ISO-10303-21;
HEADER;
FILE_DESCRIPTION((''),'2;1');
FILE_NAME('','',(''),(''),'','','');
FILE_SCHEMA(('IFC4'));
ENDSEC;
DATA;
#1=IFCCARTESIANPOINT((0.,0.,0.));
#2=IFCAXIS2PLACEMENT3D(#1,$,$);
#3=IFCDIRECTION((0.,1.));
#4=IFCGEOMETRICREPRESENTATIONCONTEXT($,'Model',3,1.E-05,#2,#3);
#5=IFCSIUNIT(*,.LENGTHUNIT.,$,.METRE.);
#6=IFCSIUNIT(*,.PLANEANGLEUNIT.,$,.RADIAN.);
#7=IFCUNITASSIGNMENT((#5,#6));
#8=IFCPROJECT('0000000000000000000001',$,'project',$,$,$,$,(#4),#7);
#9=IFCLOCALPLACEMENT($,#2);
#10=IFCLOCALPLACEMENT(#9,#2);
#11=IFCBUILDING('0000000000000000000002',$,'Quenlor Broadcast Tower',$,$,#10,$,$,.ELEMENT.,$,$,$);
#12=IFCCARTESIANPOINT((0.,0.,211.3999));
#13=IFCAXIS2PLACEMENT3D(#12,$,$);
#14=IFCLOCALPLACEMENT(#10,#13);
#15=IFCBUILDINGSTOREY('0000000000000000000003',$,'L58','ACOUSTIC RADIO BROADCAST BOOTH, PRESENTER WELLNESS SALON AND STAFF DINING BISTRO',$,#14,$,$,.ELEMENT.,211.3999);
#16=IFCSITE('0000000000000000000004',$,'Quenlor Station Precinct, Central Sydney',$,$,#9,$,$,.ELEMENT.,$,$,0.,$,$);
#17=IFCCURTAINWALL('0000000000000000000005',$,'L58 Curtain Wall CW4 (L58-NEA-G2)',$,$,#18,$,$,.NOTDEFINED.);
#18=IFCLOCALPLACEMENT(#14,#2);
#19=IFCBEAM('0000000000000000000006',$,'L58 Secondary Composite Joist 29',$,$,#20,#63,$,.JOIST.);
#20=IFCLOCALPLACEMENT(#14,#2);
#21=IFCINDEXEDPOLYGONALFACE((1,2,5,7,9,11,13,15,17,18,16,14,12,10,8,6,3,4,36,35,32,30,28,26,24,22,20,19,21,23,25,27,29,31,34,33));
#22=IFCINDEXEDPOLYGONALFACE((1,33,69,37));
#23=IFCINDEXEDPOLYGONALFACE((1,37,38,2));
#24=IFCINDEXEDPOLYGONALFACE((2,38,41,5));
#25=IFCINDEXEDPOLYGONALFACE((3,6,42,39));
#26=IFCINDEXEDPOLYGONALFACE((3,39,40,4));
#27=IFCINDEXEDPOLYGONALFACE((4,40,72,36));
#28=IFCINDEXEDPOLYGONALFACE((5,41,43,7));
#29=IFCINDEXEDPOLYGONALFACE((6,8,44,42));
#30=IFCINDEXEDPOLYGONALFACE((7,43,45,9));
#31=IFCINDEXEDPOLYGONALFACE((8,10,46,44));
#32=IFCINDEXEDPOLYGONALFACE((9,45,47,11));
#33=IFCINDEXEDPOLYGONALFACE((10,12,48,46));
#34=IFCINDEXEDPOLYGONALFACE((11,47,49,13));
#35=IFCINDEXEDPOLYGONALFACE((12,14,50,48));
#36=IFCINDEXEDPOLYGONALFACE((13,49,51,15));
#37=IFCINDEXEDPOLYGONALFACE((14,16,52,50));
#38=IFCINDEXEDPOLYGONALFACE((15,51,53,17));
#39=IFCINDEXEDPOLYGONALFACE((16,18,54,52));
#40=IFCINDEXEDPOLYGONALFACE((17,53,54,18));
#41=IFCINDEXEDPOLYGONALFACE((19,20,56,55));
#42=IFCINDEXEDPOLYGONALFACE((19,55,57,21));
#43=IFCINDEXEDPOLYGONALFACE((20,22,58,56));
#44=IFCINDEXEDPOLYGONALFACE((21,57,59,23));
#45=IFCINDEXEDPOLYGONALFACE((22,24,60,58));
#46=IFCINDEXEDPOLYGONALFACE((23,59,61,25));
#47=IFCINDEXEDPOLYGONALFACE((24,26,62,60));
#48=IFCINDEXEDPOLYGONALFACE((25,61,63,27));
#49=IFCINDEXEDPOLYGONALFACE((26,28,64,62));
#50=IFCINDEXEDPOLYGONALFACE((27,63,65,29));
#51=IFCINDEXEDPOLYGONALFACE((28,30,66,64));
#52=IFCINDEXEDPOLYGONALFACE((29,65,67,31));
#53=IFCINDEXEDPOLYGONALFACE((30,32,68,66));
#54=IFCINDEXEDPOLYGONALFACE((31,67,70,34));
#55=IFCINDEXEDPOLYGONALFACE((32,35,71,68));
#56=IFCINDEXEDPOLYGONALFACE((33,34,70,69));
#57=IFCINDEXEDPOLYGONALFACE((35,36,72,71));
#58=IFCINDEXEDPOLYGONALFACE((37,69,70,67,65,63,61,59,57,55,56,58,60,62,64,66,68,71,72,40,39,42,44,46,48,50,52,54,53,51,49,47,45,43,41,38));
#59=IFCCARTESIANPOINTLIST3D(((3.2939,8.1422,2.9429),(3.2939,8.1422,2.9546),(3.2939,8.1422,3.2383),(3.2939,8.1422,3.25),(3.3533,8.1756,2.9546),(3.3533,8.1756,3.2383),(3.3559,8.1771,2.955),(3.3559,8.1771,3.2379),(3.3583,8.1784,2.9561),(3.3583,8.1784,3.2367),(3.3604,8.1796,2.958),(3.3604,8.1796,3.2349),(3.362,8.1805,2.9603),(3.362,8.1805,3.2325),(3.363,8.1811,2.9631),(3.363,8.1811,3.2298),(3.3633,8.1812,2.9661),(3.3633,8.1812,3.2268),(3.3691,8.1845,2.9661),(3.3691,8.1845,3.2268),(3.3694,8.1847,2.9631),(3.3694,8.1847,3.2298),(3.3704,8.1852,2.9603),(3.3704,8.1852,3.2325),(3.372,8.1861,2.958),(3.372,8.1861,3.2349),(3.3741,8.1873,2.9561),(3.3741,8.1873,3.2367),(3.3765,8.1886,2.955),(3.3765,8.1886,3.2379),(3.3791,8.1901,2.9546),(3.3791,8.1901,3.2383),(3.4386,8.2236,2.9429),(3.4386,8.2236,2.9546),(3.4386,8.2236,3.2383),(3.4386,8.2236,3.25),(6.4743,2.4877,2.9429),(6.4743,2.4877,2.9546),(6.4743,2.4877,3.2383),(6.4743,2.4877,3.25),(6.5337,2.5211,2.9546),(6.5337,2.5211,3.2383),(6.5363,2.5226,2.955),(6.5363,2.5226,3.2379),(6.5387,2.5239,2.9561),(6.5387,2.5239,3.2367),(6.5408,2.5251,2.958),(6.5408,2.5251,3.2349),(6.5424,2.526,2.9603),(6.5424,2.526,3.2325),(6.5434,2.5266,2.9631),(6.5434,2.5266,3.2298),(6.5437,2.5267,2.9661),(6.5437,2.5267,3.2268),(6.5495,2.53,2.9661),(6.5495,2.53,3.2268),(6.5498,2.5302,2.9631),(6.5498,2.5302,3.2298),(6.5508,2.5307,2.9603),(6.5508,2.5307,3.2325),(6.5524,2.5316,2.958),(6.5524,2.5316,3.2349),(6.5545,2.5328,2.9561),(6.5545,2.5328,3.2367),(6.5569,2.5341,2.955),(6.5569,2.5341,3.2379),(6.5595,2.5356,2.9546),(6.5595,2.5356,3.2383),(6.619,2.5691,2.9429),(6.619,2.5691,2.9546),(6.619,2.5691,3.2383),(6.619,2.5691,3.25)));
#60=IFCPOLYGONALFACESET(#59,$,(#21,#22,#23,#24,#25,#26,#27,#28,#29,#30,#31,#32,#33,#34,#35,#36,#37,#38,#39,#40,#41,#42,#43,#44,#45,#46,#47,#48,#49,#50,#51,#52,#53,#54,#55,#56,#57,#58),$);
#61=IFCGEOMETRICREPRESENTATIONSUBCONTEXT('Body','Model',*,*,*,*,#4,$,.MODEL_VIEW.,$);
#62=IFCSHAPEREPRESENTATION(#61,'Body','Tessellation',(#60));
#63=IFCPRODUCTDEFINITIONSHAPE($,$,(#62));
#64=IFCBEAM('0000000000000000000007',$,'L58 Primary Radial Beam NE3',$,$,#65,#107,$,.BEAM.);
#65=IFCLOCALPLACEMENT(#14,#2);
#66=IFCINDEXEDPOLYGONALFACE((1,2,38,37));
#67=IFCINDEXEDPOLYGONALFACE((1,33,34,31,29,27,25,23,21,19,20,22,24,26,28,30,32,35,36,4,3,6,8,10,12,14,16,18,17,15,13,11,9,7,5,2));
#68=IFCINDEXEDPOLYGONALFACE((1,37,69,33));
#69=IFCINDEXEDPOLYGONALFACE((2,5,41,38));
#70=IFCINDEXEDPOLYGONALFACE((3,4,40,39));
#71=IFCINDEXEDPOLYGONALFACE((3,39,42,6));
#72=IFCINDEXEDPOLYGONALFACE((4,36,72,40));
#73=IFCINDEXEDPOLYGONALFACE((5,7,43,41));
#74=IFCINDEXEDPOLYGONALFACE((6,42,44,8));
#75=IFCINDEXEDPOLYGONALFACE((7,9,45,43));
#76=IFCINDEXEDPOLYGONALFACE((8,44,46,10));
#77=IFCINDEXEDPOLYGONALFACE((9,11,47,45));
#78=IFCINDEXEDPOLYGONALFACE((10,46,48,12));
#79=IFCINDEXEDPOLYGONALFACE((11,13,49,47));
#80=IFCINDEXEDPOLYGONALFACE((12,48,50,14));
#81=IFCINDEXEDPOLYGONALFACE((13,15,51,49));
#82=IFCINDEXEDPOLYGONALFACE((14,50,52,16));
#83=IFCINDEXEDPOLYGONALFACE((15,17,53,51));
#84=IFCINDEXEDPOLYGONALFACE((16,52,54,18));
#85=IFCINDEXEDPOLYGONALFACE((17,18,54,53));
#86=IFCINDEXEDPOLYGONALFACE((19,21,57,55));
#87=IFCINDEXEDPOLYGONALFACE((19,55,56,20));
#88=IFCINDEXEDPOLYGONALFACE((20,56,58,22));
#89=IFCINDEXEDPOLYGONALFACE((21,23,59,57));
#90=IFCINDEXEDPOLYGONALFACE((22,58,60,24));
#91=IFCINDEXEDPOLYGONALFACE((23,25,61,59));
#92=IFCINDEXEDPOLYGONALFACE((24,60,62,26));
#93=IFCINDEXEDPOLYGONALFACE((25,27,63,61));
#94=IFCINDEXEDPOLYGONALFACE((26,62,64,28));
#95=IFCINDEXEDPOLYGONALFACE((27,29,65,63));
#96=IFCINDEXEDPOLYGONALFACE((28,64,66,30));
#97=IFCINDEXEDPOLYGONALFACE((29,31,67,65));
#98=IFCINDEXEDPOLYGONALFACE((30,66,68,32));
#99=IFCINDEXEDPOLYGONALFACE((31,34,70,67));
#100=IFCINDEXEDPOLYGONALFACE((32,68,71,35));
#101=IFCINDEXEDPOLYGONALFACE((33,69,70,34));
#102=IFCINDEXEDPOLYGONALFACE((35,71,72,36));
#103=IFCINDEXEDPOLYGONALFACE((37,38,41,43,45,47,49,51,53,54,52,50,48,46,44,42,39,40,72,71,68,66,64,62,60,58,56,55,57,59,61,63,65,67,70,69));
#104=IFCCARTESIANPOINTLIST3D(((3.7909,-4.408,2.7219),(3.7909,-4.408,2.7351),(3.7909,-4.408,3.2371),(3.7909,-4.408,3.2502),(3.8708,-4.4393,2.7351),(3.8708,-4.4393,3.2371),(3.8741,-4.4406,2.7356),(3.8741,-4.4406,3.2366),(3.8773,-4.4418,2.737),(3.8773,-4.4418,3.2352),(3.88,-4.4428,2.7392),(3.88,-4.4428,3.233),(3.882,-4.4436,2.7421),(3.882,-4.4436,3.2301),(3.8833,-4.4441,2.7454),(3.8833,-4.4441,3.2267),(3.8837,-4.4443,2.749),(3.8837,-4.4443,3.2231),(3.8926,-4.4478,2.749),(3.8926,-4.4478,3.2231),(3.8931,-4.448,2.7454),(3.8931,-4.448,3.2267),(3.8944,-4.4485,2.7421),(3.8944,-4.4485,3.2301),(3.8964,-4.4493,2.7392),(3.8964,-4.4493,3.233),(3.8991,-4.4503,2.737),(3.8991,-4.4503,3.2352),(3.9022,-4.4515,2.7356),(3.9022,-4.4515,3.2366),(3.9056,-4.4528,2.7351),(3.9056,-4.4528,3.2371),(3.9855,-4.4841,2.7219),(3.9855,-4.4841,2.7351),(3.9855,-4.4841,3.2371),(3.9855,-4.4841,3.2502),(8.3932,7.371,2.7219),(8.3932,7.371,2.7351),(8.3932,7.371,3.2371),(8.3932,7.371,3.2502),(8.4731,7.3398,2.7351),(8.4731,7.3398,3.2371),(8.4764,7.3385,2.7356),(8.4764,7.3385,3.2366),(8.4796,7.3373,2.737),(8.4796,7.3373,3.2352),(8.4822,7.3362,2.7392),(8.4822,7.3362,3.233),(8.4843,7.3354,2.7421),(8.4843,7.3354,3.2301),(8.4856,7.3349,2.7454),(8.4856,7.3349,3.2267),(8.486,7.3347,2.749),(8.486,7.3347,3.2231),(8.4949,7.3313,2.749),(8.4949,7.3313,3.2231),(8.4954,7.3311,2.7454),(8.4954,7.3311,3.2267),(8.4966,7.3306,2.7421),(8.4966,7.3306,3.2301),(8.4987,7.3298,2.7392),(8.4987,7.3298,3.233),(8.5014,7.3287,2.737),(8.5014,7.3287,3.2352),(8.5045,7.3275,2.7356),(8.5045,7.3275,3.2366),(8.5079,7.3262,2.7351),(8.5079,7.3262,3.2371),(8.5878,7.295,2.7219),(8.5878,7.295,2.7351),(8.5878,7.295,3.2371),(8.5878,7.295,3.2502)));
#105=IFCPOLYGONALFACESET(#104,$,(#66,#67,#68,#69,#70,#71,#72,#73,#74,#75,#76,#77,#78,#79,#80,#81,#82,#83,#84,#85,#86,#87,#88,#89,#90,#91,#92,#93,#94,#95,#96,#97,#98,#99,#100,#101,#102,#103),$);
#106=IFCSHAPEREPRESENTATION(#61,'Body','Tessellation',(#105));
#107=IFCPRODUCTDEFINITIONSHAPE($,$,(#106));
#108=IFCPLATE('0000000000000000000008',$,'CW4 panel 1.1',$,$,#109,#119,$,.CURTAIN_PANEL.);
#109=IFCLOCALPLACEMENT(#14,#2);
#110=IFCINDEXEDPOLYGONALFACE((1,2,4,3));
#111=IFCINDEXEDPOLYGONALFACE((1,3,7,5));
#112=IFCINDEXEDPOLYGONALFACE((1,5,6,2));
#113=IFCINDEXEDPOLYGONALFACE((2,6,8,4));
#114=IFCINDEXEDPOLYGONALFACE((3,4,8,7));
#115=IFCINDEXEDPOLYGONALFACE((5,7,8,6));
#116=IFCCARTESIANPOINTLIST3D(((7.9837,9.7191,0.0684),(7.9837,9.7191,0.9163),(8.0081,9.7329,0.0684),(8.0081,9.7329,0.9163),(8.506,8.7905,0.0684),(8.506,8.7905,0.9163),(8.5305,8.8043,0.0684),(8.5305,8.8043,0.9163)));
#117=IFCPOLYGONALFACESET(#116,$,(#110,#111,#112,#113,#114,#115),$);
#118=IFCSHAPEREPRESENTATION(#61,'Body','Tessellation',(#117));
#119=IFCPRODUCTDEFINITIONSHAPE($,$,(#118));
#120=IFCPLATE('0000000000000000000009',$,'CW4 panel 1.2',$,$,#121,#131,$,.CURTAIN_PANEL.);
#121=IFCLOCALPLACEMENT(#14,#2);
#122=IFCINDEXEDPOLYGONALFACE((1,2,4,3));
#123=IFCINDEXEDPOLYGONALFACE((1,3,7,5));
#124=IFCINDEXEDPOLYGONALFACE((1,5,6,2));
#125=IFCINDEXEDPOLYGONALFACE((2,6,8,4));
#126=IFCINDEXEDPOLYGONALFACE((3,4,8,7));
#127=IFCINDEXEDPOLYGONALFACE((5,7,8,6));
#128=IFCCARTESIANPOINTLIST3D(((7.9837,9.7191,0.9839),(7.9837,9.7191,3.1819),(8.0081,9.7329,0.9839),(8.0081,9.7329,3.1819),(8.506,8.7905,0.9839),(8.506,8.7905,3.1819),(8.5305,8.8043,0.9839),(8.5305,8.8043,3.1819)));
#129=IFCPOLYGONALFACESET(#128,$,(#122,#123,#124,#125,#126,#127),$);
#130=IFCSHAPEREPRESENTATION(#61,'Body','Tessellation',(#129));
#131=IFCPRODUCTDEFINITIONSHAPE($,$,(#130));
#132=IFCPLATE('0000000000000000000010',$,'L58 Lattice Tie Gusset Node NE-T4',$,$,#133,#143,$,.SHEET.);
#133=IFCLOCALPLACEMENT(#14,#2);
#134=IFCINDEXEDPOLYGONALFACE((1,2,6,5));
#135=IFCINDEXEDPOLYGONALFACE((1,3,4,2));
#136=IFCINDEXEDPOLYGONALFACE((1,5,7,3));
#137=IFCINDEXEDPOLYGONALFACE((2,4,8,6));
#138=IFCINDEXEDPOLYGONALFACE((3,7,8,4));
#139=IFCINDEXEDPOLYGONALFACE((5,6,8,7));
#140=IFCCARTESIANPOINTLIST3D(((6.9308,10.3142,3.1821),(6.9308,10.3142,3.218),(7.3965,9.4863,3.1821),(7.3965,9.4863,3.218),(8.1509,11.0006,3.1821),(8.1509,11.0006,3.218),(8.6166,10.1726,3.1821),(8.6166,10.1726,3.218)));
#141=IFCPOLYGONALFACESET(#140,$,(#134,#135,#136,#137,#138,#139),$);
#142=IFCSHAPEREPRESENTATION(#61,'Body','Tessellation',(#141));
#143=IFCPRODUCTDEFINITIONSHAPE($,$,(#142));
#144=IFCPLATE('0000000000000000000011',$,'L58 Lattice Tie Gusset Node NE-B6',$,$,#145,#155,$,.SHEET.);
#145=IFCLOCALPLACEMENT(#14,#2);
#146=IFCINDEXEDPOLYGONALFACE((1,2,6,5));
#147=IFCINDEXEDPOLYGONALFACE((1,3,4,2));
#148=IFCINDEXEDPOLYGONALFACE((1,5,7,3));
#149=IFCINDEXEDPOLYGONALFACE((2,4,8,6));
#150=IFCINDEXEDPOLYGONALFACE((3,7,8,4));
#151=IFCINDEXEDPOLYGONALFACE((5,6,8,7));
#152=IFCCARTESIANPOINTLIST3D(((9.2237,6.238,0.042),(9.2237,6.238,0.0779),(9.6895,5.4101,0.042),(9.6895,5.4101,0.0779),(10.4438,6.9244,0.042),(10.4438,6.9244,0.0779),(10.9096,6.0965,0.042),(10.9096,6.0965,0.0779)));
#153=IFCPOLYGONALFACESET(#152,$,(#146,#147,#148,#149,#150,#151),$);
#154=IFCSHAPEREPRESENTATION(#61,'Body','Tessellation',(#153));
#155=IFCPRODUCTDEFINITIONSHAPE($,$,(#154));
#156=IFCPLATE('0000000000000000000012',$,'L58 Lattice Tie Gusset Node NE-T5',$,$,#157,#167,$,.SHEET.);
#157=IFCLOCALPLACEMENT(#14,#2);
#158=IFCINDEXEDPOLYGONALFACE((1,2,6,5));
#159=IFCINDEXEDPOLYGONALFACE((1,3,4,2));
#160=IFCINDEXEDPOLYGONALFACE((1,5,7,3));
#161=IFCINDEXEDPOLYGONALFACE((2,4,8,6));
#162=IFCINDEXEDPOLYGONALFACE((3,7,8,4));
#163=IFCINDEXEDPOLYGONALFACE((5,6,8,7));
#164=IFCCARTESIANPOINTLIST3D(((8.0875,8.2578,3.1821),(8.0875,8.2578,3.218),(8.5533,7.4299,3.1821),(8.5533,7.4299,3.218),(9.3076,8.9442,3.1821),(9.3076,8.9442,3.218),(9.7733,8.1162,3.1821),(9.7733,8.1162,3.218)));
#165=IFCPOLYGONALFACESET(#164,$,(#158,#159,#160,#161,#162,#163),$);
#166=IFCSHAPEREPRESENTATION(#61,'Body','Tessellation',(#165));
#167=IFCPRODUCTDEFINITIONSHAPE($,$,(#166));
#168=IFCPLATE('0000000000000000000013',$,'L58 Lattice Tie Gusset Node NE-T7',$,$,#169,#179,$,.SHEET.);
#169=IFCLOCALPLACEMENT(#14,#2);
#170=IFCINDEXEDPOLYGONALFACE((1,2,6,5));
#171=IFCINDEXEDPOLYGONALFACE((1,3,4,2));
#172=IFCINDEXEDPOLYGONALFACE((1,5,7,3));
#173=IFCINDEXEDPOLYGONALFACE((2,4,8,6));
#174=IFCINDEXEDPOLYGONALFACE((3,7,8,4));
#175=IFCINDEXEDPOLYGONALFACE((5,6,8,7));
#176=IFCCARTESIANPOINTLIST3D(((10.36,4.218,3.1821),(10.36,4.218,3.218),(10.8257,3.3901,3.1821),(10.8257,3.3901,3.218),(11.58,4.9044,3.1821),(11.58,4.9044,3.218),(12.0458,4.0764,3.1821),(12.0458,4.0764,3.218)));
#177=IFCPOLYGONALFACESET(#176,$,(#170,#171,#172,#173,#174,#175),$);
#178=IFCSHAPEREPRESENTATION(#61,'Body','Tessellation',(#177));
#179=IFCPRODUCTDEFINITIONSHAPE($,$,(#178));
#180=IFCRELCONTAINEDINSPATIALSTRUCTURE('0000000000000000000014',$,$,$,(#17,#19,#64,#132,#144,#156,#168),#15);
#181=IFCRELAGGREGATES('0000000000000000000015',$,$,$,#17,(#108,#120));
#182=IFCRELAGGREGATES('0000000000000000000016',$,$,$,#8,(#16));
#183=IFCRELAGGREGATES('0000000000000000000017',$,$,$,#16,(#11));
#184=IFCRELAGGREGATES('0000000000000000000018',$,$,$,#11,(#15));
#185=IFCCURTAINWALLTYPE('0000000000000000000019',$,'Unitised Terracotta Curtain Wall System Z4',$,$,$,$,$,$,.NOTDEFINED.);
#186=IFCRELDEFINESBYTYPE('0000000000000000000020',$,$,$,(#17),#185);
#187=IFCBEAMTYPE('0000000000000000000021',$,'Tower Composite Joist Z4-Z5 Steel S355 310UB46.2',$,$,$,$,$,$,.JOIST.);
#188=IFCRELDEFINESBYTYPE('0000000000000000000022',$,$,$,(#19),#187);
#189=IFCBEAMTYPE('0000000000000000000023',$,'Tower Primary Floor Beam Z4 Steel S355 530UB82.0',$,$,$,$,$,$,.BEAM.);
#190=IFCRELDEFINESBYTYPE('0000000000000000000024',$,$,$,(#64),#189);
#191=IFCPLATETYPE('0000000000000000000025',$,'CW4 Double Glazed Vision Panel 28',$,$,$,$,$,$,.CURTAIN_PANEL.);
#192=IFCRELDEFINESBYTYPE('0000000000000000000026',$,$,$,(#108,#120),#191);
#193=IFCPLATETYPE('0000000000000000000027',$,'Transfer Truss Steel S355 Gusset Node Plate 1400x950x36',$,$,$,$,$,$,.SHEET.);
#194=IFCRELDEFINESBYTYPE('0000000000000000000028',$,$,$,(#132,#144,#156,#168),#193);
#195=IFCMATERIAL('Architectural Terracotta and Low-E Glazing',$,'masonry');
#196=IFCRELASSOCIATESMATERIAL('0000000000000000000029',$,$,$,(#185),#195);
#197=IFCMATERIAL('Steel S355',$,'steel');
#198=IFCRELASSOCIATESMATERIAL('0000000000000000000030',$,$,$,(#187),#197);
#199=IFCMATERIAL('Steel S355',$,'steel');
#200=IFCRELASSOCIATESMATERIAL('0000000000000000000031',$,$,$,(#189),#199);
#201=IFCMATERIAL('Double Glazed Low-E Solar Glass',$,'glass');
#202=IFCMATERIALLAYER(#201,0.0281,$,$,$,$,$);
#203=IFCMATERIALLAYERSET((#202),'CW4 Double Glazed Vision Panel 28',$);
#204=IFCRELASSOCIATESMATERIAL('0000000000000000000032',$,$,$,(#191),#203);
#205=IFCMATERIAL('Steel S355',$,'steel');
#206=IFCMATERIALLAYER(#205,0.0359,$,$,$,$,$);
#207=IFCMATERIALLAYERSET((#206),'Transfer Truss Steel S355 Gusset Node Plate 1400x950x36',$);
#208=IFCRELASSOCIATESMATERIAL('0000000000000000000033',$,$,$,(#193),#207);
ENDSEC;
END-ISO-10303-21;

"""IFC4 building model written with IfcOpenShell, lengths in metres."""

from ifc_helpers import new_model, si_unit, direction, frame, origin, origin_2d, place, context, subcontext, project, spatial, rectangle, i_section, extrude, material, layer, layer_set, material_profile, profile_set, type_object, element, aggregate, save


model = new_model("IFC4")

# Units and contexts
model_context = context("Model", 3, precision=1e-05, world=origin(), true_north=direction((0.0, 1.0)))
body_context = subcontext(model_context, "Body", "Model", "MODEL_VIEW")
ifc_project = project(units=[si_unit("LENGTHUNIT", "METRE"), si_unit("PLANEANGLEUNIT", "RADIAN")], contexts=[model_context])

# Site, building, storey
site_placement = place(None, origin())
site = spatial("IfcSite", under=ifc_project, at=site_placement, Name="Quenlor Station Precinct, Central Sydney", CompositionType="ELEMENT", RefElevation=0.0)
building_placement = place(site_placement, origin())
building = spatial("IfcBuilding", under=site, at=building_placement, Name="Quenlor Broadcast Tower", CompositionType="ELEMENT")
storey_placement = place(building_placement, frame((0.0, 0.0, 211.3999)))
storey = spatial("IfcBuildingStorey", under=building, at=storey_placement, Name="L58", Description="ACOUSTIC RADIO BROADCAST BOOTH, PRESENTER WELLNESS SALON AND STAFF DINING BISTRO", CompositionType="ELEMENT", Elevation=211.3999)

# Curtain wall
ifc_material_1 = material(Name="Architectural Terracotta and Low-E Glazing", Category="masonry")
curtain_wall_type = type_object("IfcCurtainWallType", Name="Unitised Terracotta Curtain Wall System Z4", PredefinedType="NOTDEFINED", material=ifc_material_1)
curtain_wall_placement = place(storey_placement, origin())
curtain_wall = element("IfcCurtainWall", 1, at=curtain_wall_placement, inside=storey, type_object=curtain_wall_type, Name="L58 Curtain Wall CW4 (L58-NEA-G2)", PredefinedType="NOTDEFINED")

# Beams
ifc_material_2 = material(Name="Steel S355", Category="steel")
ifc_material_profile_1 = material_profile(ifc_material_2, i_section(OverallWidth=0.166, OverallDepth=0.3071, WebThickness=0.0066, FlangeThickness=0.0117, FilletRadius=0.0115, at=origin_2d()))
ifc_profile_set_1 = profile_set([ifc_material_profile_1], Name="Steel S355 310UB46.2")
beam_type_1 = type_object("IfcBeamType", Name="Tower Composite Joist Z4-Z5 Steel S355 310UB46.2", PredefinedType="JOIST", material=ifc_profile_set_1)
beam_1_placement = place(storey_placement, frame((3.3662, 8.1829, 3.0964), z_axis=(0.490231, -0.871593, 0.0), x_axis=(0.871593, 0.490231, 0.0)))
element("IfcBeam", 2, at=beam_1_placement, inside=storey, type_object=beam_type_1, Name="L58 Secondary Composite Joist 29", PredefinedType="JOIST", context=body_context, shape_type="SweptSolid", body=[
    extrude(i_section(OverallWidth=0.166, OverallDepth=0.3071, WebThickness=0.0066, FlangeThickness=0.0117, FilletRadius=0.0115, at=origin_2d()), origin(), (0.0, 0.0, 1.0), 6.4875),
])
ifc_material_3 = material(Name="Steel S355", Category="steel")
ifc_material_profile_2 = material_profile(ifc_material_3, i_section(OverallWidth=0.209, OverallDepth=0.5283, WebThickness=0.0095, FlangeThickness=0.0132, FilletRadius=0.0139, at=origin_2d()))
ifc_profile_set_2 = profile_set([ifc_material_profile_2], Name="Steel S355 530UB82.0")
beam_type_2 = type_object("IfcBeamType", Name="Tower Primary Floor Beam Z4 Steel S355 530UB82.0", PredefinedType="BEAM", material=ifc_profile_set_2)
beam_2_placement = place(storey_placement, frame((8.4905, 7.333, 2.9861), z_axis=(-0.363926, -0.931428, 0.0), x_axis=(0.931428, -0.363926, 0.0)))
element("IfcBeam", 3, at=beam_2_placement, inside=storey, type_object=beam_type_2, Name="L58 Primary Radial Beam NE3", PredefinedType="BEAM", context=body_context, shape_type="SweptSolid", body=[
    extrude(i_section(OverallWidth=0.209, OverallDepth=0.5283, WebThickness=0.0095, FlangeThickness=0.0132, FilletRadius=0.0139, at=origin_2d()), origin(), (0.0, 0.0, 1.0), 12.6462),
])

# Plates
ifc_material_4 = material(Name="Double Glazed Low-E Solar Glass", Category="glass")
ifc_layer_1 = layer(ifc_material_4, 0.0281)
ifc_layer_set_1 = layer_set([ifc_layer_1], Name="CW4 Double Glazed Vision Panel 28")
plate_type_1 = type_object("IfcPlateType", Name="CW4 Double Glazed Vision Panel 28", PredefinedType="CURTAIN_PANEL", material=ifc_layer_set_1)
plate_1_placement = place(storey_placement, frame((8.2571, 9.2617, 0.0684), z_axis=(0.0, 0.0, 1.0), x_axis=(0.490293, -0.871558, 0.0)))
plate_1 = element("IfcPlate", 4, at=plate_1_placement, type_object=plate_type_1, Name="CW4 panel 1.1", PredefinedType="CURTAIN_PANEL", context=body_context, shape_type="SweptSolid", body=[
    extrude(rectangle(XDim=1.0654, YDim=0.0281, at=origin_2d()), origin(), (0.0, 0.0, 1.0), 0.8479),
])
plate_2_placement = place(storey_placement, frame((8.2571, 9.2617, 0.9839), z_axis=(0.0, 0.0, 1.0), x_axis=(0.490293, -0.871558, 0.0)))
plate_2 = element("IfcPlate", 5, at=plate_2_placement, type_object=plate_type_1, Name="CW4 panel 1.2", PredefinedType="CURTAIN_PANEL", context=body_context, shape_type="SweptSolid", body=[
    extrude(rectangle(XDim=1.0654, YDim=0.0281, at=origin_2d()), origin(), (0.0, 0.0, 1.0), 2.198),
])
aggregate(curtain_wall, [plate_1, plate_2])

# Plates
ifc_material_5 = material(Name="Steel S355", Category="steel")
ifc_layer_2 = layer(ifc_material_5, 0.0359)
ifc_layer_set_2 = layer_set([ifc_layer_2], Name="Transfer Truss Steel S355 Gusset Node Plate 1400x950x36")
plate_type_2 = type_object("IfcPlateType", Name="Transfer Truss Steel S355 Gusset Node Plate 1400x950x36", PredefinedType="SHEET", material=ifc_layer_set_2)
for number, where, z_axis, x_axis, name in (
    (6, (7.7737, 10.2434, 3.1821), (0.0, 0.0, 1.0), (0.871556, 0.490295, 0.0), "L58 Lattice Tie Gusset Node NE-T4"),
    (7, (10.0667, 6.1672, 0.042), (0.0, 0.0, 1.0), (0.871556, 0.490295, 0.0), "L58 Lattice Tie Gusset Node NE-B6"),
    (8, (8.9304, 8.187, 3.1821), (0.0, 0.0, 1.0), (0.871556, 0.490295, 0.0), "L58 Lattice Tie Gusset Node NE-T5"),
    (9, (11.2029, 4.1472, 3.1821), (0.0, 0.0, 1.0), (0.871556, 0.490295, 0.0), "L58 Lattice Tie Gusset Node NE-T7"),
):
    element("IfcPlate", number, at=place(storey_placement, frame(where, z_axis=z_axis, x_axis=x_axis)), inside=storey, type_object=plate_type_2, Name=name, PredefinedType="SHEET", context=body_context, shape_type="SweptSolid", body=[
        extrude(rectangle(XDim=1.3999, YDim=0.95, at=origin_2d()), origin(), (0.0, 0.0, 1.0), 0.0359),
    ])

save(model, "model.ifc")
